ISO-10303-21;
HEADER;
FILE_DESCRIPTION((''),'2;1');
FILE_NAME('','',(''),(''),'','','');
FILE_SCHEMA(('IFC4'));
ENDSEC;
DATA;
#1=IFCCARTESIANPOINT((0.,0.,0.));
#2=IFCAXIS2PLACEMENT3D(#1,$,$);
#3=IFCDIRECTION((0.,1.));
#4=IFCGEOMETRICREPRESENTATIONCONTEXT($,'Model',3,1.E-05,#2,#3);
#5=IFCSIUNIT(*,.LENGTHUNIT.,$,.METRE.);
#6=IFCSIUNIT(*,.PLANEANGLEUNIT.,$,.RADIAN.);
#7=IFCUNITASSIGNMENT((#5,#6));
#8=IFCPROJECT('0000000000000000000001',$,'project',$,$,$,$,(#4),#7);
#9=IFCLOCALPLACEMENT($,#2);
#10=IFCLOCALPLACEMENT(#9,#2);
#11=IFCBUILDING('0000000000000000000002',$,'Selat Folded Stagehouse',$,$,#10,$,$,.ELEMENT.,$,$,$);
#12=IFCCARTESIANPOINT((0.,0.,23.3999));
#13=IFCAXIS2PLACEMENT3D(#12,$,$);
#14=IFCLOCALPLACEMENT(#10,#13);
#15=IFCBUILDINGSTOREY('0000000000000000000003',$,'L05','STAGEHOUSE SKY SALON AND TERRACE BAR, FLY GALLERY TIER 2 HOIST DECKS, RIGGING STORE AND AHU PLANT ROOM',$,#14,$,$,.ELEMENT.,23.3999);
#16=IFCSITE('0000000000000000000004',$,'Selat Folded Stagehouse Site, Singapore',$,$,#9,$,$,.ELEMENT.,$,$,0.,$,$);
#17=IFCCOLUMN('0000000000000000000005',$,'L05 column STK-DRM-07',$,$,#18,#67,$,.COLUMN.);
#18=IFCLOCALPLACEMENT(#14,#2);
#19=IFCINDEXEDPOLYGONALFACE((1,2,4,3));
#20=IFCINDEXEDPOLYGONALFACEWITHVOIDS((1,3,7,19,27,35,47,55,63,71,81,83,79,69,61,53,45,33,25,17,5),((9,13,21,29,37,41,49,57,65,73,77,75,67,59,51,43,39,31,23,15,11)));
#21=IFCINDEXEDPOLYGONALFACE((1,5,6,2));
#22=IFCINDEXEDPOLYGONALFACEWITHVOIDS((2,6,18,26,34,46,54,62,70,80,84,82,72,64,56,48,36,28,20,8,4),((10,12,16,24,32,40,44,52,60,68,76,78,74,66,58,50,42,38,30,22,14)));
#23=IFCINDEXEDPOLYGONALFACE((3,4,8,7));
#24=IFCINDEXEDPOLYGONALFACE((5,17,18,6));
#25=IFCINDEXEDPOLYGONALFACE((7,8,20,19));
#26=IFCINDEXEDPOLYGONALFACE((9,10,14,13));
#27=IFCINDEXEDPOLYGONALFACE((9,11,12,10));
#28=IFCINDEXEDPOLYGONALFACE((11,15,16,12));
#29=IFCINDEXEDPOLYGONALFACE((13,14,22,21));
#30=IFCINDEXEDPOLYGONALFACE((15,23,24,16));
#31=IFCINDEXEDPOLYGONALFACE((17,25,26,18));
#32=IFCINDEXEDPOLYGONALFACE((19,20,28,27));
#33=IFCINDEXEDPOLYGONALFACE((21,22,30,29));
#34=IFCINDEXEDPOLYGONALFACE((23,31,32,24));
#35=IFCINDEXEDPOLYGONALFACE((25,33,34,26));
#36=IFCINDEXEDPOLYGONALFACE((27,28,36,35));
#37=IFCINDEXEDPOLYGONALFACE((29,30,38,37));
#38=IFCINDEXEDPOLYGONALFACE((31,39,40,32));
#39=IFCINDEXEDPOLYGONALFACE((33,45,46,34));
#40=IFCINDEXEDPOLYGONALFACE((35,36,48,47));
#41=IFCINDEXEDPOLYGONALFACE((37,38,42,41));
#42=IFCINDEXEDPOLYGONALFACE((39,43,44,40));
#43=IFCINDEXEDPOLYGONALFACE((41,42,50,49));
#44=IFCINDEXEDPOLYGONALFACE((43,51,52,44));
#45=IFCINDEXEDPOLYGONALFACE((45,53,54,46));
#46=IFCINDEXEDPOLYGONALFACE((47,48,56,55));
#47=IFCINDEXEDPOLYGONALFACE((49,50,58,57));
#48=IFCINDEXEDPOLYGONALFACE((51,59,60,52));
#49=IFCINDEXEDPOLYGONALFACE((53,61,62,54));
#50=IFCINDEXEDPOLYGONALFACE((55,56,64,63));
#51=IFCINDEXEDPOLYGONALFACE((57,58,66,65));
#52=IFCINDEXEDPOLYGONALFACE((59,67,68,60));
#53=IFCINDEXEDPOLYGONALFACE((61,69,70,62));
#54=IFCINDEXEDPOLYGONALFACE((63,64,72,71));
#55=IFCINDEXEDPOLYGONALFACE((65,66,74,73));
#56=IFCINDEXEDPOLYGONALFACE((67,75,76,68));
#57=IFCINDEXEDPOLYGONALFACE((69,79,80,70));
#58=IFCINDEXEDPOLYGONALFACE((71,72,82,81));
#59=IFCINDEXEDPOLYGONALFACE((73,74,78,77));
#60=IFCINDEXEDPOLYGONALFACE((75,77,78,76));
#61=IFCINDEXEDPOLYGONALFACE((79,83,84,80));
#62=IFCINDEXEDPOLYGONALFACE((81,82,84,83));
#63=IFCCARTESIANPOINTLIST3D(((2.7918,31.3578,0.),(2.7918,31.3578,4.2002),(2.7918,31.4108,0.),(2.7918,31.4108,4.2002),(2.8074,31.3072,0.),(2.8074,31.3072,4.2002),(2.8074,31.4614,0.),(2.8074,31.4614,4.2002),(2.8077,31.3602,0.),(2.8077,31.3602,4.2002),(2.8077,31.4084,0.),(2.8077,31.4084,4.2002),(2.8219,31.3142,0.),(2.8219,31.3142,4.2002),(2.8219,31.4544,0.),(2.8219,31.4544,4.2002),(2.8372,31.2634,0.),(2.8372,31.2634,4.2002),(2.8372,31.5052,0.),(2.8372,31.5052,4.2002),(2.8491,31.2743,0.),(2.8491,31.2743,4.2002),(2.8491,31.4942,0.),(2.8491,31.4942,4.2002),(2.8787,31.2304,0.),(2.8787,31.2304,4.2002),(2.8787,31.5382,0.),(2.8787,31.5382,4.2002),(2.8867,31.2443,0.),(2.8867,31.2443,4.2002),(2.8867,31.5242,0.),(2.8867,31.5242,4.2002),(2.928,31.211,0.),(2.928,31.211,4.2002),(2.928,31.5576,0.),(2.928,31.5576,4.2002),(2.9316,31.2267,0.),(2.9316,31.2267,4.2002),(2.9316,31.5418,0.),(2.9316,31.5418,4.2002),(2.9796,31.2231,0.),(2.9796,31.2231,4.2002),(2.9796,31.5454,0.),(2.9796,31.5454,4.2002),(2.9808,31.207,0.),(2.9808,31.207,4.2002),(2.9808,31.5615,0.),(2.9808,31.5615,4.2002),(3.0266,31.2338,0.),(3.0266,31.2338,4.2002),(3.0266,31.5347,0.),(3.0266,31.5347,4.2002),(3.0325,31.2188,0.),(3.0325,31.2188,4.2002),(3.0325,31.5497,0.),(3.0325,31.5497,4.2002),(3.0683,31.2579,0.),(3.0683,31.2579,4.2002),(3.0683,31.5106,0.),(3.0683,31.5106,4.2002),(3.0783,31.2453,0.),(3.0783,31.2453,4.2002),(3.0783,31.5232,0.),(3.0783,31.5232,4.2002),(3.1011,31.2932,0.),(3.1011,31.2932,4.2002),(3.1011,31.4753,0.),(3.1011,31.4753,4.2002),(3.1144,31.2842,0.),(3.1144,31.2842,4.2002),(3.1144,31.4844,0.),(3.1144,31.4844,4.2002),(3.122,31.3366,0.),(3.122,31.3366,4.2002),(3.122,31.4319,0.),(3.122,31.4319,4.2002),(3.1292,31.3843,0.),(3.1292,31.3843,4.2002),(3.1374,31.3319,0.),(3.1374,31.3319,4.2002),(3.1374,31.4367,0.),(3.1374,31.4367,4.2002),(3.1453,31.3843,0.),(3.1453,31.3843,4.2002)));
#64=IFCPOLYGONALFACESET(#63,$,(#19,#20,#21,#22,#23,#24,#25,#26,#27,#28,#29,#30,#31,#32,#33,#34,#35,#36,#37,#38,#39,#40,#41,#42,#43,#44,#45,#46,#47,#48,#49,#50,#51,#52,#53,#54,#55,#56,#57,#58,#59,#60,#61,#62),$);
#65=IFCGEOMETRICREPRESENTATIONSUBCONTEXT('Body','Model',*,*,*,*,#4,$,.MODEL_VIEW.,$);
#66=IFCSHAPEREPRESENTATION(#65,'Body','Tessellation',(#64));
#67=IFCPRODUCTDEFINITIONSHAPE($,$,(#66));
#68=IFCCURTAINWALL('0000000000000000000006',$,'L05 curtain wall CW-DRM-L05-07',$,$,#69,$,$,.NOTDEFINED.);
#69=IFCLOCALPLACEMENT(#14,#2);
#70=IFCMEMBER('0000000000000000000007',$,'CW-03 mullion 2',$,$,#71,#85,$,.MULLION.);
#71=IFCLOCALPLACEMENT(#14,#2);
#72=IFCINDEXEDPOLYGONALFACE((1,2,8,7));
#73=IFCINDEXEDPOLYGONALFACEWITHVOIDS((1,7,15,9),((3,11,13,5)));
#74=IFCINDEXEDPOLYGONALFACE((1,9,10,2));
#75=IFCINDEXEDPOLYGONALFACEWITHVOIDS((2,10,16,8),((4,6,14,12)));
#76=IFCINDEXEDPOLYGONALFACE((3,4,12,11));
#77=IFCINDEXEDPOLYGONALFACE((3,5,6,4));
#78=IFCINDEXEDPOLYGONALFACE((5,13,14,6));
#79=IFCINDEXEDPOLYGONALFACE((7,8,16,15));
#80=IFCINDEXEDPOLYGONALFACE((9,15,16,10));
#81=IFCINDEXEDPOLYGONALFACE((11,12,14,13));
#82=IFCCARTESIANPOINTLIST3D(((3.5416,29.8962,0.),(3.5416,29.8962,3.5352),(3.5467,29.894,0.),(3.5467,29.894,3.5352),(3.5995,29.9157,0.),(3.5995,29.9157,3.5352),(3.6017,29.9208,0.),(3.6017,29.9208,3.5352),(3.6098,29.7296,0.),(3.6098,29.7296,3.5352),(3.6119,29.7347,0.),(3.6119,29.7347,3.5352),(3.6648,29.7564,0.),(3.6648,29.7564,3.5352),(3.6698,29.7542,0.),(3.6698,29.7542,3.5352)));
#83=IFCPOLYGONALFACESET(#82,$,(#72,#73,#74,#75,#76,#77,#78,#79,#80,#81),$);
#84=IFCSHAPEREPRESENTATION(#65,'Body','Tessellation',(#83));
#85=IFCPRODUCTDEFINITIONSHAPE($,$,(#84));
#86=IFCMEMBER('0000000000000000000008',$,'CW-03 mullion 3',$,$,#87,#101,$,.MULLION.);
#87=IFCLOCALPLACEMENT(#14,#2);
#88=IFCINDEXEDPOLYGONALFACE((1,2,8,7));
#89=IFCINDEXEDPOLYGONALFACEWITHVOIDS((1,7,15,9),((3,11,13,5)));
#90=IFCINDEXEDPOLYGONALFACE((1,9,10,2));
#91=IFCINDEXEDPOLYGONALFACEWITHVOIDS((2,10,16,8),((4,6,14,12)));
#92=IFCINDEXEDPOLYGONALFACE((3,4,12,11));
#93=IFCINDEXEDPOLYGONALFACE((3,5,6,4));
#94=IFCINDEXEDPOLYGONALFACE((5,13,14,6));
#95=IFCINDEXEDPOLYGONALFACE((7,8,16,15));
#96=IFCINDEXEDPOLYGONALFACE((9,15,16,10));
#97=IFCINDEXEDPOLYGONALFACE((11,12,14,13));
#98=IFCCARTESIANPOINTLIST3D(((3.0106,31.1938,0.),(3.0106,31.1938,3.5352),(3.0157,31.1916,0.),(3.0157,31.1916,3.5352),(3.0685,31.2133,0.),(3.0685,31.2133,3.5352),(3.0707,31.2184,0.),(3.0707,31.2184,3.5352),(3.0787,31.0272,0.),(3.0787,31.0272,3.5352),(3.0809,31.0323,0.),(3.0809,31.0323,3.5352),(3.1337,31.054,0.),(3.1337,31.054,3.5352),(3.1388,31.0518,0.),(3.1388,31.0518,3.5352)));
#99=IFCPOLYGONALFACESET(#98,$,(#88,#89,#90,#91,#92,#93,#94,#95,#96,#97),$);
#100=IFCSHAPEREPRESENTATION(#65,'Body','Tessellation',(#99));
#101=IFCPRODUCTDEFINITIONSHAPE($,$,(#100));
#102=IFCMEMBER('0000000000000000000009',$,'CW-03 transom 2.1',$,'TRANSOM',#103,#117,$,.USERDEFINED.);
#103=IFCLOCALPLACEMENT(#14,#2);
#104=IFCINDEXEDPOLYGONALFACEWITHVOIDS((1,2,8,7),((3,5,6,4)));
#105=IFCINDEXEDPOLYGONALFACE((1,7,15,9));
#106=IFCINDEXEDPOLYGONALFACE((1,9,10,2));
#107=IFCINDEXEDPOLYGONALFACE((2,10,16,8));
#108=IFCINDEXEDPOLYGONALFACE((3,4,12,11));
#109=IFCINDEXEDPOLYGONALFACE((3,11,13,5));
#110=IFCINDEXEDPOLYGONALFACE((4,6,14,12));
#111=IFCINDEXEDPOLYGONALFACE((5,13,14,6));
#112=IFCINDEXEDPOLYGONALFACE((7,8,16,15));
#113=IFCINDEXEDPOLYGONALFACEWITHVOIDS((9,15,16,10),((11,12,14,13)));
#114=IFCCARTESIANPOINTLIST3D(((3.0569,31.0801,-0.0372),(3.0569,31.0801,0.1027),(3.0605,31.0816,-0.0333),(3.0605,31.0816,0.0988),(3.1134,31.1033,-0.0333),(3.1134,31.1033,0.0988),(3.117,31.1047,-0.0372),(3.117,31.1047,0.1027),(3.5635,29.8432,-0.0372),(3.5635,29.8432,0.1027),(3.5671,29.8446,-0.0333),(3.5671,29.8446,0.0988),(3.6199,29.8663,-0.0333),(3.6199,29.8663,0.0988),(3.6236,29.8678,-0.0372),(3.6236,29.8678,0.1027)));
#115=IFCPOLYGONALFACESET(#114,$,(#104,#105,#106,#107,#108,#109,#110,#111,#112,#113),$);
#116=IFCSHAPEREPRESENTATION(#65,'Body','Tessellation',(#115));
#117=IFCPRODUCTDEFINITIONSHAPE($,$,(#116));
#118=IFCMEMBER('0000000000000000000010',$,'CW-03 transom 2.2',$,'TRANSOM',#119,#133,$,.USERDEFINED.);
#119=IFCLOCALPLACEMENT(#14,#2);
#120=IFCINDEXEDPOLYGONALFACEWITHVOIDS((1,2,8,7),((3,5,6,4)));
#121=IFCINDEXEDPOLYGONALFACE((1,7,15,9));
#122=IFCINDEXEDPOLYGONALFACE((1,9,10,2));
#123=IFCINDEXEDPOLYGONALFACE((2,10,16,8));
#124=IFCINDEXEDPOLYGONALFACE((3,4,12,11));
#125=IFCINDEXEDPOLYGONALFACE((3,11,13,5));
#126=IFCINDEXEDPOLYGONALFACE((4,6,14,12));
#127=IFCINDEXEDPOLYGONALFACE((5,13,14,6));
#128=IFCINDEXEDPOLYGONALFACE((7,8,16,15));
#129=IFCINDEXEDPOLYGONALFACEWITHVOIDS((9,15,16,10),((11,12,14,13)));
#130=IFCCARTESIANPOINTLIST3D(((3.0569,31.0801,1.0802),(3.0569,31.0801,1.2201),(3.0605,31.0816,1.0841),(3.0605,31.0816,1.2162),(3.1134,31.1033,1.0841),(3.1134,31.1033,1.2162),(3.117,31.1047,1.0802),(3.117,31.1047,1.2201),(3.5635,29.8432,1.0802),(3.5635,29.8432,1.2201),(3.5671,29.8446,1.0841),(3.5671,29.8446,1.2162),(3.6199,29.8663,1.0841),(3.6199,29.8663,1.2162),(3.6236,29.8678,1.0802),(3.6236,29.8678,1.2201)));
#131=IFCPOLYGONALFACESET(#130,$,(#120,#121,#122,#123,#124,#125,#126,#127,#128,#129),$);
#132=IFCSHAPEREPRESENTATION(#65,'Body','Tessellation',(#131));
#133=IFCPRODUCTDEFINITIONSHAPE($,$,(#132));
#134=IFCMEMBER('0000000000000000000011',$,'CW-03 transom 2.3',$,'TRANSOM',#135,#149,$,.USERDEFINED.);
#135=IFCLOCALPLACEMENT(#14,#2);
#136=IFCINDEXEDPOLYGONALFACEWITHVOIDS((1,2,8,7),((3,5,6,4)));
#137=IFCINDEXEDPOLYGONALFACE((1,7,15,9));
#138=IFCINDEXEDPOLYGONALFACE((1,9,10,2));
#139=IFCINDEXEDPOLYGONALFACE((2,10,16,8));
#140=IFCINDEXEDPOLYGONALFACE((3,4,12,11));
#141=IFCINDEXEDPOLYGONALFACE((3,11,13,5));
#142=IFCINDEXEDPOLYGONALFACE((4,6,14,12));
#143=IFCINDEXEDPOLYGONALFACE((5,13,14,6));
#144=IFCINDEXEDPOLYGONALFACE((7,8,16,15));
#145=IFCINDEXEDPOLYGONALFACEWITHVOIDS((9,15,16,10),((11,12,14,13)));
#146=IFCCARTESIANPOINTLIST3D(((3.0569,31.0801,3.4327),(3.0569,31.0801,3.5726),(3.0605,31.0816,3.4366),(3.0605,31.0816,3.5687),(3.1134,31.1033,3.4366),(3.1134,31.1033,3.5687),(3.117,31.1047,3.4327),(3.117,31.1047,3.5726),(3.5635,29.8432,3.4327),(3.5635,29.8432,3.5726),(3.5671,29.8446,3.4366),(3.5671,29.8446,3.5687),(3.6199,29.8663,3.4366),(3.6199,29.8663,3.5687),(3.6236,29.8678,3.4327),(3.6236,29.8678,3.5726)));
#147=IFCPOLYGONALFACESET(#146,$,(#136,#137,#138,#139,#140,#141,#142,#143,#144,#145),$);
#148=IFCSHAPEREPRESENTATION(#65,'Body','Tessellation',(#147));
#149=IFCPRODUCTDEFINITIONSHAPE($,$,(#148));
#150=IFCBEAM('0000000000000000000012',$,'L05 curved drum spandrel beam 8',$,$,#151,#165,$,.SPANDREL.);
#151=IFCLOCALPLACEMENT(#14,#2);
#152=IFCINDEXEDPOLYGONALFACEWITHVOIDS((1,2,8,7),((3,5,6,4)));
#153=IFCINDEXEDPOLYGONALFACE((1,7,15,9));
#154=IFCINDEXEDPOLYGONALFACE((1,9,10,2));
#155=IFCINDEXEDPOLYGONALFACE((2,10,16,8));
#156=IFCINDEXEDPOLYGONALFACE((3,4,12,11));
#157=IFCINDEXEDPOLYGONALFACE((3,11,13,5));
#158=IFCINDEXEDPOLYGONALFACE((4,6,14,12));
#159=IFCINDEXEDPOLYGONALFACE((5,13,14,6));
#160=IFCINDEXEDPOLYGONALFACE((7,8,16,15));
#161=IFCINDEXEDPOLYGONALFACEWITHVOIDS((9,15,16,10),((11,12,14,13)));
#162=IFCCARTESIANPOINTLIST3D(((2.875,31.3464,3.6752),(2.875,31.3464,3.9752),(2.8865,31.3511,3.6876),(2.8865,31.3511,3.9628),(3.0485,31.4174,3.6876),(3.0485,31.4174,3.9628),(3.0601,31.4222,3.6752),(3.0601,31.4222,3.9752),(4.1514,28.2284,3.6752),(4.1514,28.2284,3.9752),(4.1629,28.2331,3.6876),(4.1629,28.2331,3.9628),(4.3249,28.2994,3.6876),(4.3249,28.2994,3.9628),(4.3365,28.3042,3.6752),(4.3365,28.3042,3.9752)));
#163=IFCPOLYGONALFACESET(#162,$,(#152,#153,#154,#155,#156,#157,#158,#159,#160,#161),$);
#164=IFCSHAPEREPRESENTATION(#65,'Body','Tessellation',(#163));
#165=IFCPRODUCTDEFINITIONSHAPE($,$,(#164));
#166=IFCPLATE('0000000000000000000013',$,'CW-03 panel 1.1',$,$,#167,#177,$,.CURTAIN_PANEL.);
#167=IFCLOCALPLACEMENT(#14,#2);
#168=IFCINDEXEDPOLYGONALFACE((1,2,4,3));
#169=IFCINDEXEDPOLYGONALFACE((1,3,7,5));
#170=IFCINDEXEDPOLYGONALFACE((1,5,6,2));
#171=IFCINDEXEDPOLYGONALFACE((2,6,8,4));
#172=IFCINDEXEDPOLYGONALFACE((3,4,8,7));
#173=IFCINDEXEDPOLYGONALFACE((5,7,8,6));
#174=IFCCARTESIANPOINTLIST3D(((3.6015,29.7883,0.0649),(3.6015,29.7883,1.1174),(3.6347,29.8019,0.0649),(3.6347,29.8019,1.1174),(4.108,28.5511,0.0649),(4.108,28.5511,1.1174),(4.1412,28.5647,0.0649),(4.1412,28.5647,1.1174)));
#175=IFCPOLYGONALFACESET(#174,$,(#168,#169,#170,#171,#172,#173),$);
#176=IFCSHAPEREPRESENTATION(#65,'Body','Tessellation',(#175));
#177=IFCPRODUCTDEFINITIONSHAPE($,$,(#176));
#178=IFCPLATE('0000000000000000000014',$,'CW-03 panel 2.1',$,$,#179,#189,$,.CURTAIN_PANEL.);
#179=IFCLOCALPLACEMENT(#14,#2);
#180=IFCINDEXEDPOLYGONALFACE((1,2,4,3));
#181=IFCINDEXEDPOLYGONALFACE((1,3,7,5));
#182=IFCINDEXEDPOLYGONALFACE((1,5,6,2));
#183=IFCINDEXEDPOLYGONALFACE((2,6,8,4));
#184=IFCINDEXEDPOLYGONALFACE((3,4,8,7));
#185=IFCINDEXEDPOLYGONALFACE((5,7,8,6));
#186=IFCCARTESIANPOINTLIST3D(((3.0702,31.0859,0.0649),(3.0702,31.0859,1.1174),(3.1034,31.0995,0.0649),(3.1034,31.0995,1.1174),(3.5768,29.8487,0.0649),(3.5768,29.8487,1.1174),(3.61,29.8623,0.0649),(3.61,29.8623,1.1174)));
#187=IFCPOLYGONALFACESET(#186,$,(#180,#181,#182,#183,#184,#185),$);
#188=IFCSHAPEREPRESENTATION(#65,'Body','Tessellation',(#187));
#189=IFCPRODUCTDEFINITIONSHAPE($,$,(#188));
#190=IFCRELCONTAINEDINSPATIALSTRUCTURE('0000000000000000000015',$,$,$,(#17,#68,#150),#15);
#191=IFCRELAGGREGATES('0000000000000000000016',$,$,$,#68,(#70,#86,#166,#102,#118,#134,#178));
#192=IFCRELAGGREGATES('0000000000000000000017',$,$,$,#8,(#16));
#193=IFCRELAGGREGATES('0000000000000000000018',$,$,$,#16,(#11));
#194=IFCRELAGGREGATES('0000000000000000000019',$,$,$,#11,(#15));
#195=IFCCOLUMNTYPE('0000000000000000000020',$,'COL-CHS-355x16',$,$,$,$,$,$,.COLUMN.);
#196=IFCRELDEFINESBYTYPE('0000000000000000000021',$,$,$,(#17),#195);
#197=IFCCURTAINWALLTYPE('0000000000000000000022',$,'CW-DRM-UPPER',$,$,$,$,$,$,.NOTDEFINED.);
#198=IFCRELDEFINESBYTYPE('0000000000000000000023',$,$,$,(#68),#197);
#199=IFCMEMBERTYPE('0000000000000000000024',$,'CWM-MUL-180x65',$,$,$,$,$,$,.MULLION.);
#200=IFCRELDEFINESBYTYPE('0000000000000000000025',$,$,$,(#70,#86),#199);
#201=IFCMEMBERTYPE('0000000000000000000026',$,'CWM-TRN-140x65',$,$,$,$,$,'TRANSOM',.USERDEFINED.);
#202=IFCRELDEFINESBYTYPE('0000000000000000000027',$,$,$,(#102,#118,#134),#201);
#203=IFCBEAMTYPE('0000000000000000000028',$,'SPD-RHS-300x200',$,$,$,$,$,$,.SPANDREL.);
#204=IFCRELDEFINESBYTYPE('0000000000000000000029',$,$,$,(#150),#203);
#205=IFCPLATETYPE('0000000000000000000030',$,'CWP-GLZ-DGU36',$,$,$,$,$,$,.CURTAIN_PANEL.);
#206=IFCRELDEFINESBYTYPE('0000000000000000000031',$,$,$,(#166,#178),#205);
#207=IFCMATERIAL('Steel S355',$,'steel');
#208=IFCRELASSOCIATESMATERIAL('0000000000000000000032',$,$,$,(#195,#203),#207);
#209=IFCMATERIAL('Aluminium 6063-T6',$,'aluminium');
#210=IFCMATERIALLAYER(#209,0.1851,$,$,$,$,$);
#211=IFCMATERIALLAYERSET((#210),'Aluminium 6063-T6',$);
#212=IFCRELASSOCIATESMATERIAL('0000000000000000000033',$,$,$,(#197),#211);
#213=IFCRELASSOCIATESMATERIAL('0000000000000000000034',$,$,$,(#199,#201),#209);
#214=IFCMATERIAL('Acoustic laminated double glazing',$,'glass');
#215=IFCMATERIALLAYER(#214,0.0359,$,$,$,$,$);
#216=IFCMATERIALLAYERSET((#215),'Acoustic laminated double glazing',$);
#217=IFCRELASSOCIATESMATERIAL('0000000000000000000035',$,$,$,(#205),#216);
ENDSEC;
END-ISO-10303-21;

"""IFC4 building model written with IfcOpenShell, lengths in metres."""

from ifc_helpers import new_model, si_unit, direction, frame, origin, origin_2d, place, context, subcontext, project, spatial, rectangle, hollow_rectangle, hollow_circle, extrude, material, layer, layer_set, material_profile, profile_set, type_object, element, aggregate, save


model = new_model("IFC4")

# Units and contexts
model_context = context("Model", 3, precision=1e-05, world=origin(), true_north=direction((0.0, 1.0)))
body_context = subcontext(model_context, "Body", "Model", "MODEL_VIEW")
ifc_project = project(units=[si_unit("LENGTHUNIT", "METRE"), si_unit("PLANEANGLEUNIT", "RADIAN")], contexts=[model_context])

# Site, building, storey
site_placement = place(None, origin())
site = spatial("IfcSite", under=ifc_project, at=site_placement, Name="Selat Folded Stagehouse Site, Singapore", CompositionType="ELEMENT", RefElevation=0.0)
building_placement = place(site_placement, origin())
building = spatial("IfcBuilding", under=site, at=building_placement, Name="Selat Folded Stagehouse", CompositionType="ELEMENT")
storey_placement = place(building_placement, frame((0.0, 0.0, 23.3999)))
storey = spatial("IfcBuildingStorey", under=building, at=storey_placement, Name="L05", Description="STAGEHOUSE SKY SALON AND TERRACE BAR, FLY GALLERY TIER 2 HOIST DECKS, RIGGING STORE AND AHU PLANT ROOM", CompositionType="ELEMENT", Elevation=23.3999)

# Column
ifc_material_1 = material(Name="Steel S355", Category="steel")
ifc_material_profile_1 = material_profile(ifc_material_1, hollow_circle(Radius=0.1777, WallThickness=0.0161, at=origin_2d()), Name="CHS 355.6x16.0")
ifc_profile_set_1 = profile_set([ifc_material_profile_1], Name="Steel S355")
column_type = type_object("IfcColumnType", Name="COL-CHS-355x16", PredefinedType="COLUMN", material=ifc_profile_set_1)
column_placement = place(storey_placement, frame((2.9675, 31.3843, 0.0), z_axis=(0.0, 0.0, 1.0), x_axis=(1.0, 0.0, 0.0)))
element("IfcColumn", 1, at=column_placement, inside=storey, type_object=column_type, Name="L05 column STK-DRM-07", PredefinedType="COLUMN", context=body_context, shape_type="SweptSolid", body=[
    extrude(hollow_circle(Radius=0.1777, WallThickness=0.0161, at=origin_2d()), origin(), (0.0, 0.0, 1.0), 4.2002),
])

# Curtain wall, members
ifc_material_2 = material(Name="Aluminium 6063-T6", Category="aluminium")
ifc_layer_1 = layer(ifc_material_2, 0.1851)
ifc_layer_set_1 = layer_set([ifc_layer_1], Name="Aluminium 6063-T6")
curtain_wall_type = type_object("IfcCurtainWallType", Name="CW-DRM-UPPER", PredefinedType="NOTDEFINED", material=ifc_layer_set_1)
curtain_wall_placement = place(storey_placement, origin())
curtain_wall = element("IfcCurtainWall", 2, at=curtain_wall_placement, inside=storey, type_object=curtain_wall_type, Name="L05 curtain wall CW-DRM-L05-07", PredefinedType="NOTDEFINED")
ifc_material_profile_2 = material_profile(ifc_material_2, hollow_rectangle(XDim=0.0649, YDim=0.1799, WallThickness=0.0039, at=origin_2d()), Name="ALU 180x65x4.0")
ifc_profile_set_2 = profile_set([ifc_material_profile_2], Name="Aluminium 6063-T6")
member_type_1 = type_object("IfcMemberType", Name="CWM-MUL-180x65", PredefinedType="MULLION", material=ifc_profile_set_2)
member_1_placement = place(storey_placement, frame((3.6057, 29.8252, 0.0), z_axis=(0.0, 0.0, 1.0), x_axis=(-0.925441, -0.378891, 0.0)))
member_1 = element("IfcMember", 3, at=member_1_placement, type_object=member_type_1, Name="CW-03 mullion 2", PredefinedType="MULLION", context=body_context, shape_type="SweptSolid", body=[
    extrude(hollow_rectangle(XDim=0.0649, YDim=0.1799, WallThickness=0.0039, at=origin_2d()), origin(), (0.0, 0.0, 1.0), 3.5352),
])
member_2_placement = place(storey_placement, frame((3.0747, 31.1228, 0.0), z_axis=(0.0, 0.0, 1.0), x_axis=(-0.925441, -0.378891, 0.0)))
member_2 = element("IfcMember", 4, at=member_2_placement, type_object=member_type_1, Name="CW-03 mullion 3", PredefinedType="MULLION", context=body_context, shape_type="SweptSolid", body=[
    extrude(hollow_rectangle(XDim=0.0649, YDim=0.1799, WallThickness=0.0039, at=origin_2d()), origin(), (0.0, 0.0, 1.0), 3.5352),
])
ifc_material_profile_3 = material_profile(ifc_material_2, hollow_rectangle(XDim=0.0649, YDim=0.1399, WallThickness=0.0039, at=origin_2d()), Name="ALU 140x65x4.0")
ifc_profile_set_3 = profile_set([ifc_material_profile_3], Name="Aluminium 6063-T6")
member_type_2 = type_object("IfcMemberType", Name="CWM-TRN-140x65", ElementType="TRANSOM", PredefinedType="USERDEFINED", material=ifc_profile_set_3)
member_3_placement = place(storey_placement, frame((3.5935, 29.8555, 0.0327), z_axis=(-0.378967, 0.92541, 0.0), x_axis=(-0.92541, -0.378967, 0.0)))
member_3 = element("IfcMember", 5, at=member_3_placement, type_object=member_type_2, Name="CW-03 transom 2.1", ObjectType="TRANSOM", PredefinedType="USERDEFINED", context=body_context, shape_type="SweptSolid", body=[
    extrude(hollow_rectangle(XDim=0.0649, YDim=0.1399, WallThickness=0.0039, at=origin_2d()), origin(), (0.0, 0.0, 1.0), 1.3367),
])
member_4_placement = place(storey_placement, frame((3.5935, 29.8555, 1.1501), z_axis=(-0.378967, 0.92541, 0.0), x_axis=(-0.92541, -0.378967, 0.0)))
member_4 = element("IfcMember", 6, at=member_4_placement, type_object=member_type_2, Name="CW-03 transom 2.2", ObjectType="TRANSOM", PredefinedType="USERDEFINED", context=body_context, shape_type="SweptSolid", body=[
    extrude(hollow_rectangle(XDim=0.0649, YDim=0.1399, WallThickness=0.0039, at=origin_2d()), origin(), (0.0, 0.0, 1.0), 1.3367),
])
member_5_placement = place(storey_placement, frame((3.5935, 29.8555, 3.5027), z_axis=(-0.378967, 0.92541, 0.0), x_axis=(-0.92541, -0.378967, 0.0)))
member_5 = element("IfcMember", 7, at=member_5_placement, type_object=member_type_2, Name="CW-03 transom 2.3", ObjectType="TRANSOM", PredefinedType="USERDEFINED", context=body_context, shape_type="SweptSolid", body=[
    extrude(hollow_rectangle(XDim=0.0649, YDim=0.1399, WallThickness=0.0039, at=origin_2d()), origin(), (0.0, 0.0, 1.0), 1.3367),
])

# Beam
ifc_material_profile_4 = material_profile(ifc_material_1, hollow_rectangle(XDim=0.2, YDim=0.3, WallThickness=0.0125, at=origin_2d()), Name="RHS 300x200x12.5")
ifc_profile_set_4 = profile_set([ifc_material_profile_4], Name="Steel S355")
beam_type = type_object("IfcBeamType", Name="SPD-RHS-300x200", PredefinedType="SPANDREL", material=ifc_profile_set_4)
beam_placement = place(storey_placement, frame((2.9675, 31.3843, 3.8252), z_axis=(0.37885, -0.925458, 0.0), x_axis=(0.925458, 0.37885, 0.0)))
element("IfcBeam", 8, at=beam_placement, inside=storey, type_object=beam_type, Name="L05 curved drum spandrel beam 8", PredefinedType="SPANDREL", context=body_context, shape_type="SweptSolid", body=[
    extrude(hollow_rectangle(XDim=0.2, YDim=0.3, WallThickness=0.0125, at=origin_2d()), origin(), (0.0, 0.0, 1.0), 3.3691),
])

# Plates
ifc_material_3 = material(Name="Acoustic laminated double glazing", Category="glass")
ifc_layer_2 = layer(ifc_material_3, 0.0359)
ifc_layer_set_2 = layer_set([ifc_layer_2], Name="Acoustic laminated double glazing")
plate_type_1 = type_object("IfcPlateType", Name="CWP-GLZ-DGU36", PredefinedType="CURTAIN_PANEL", material=ifc_layer_set_2)
plate_1_placement = place(storey_placement, frame((3.8713, 29.1765, 0.0649), z_axis=(0.0, 0.0, 1.0), x_axis=(-0.378891, 0.925441, 0.0)))
plate_1 = element("IfcPlate", 9, at=plate_1_placement, type_object=plate_type_1, Name="CW-03 panel 1.1", PredefinedType="CURTAIN_PANEL", context=body_context, shape_type="SweptSolid", body=[
    extrude(rectangle(XDim=1.3369, YDim=0.0359, at=origin_2d()), origin(), (0.0, 0.0, 1.0), 1.0525),
])
plate_2_placement = place(storey_placement, frame((3.3401, 30.4741, 0.0649), z_axis=(0.0, 0.0, 1.0), x_axis=(-0.378891, 0.925441, 0.0)))
plate_2 = element("IfcPlate", 10, at=plate_2_placement, type_object=plate_type_1, Name="CW-03 panel 2.1", PredefinedType="CURTAIN_PANEL", context=body_context, shape_type="SweptSolid", body=[
    extrude(rectangle(XDim=1.3369, YDim=0.0359, at=origin_2d()), origin(), (0.0, 0.0, 1.0), 1.0525),
])
aggregate(curtain_wall, [member_1, member_2, plate_1, member_3, member_4, member_5, plate_2])

save(model, "model.ifc")
